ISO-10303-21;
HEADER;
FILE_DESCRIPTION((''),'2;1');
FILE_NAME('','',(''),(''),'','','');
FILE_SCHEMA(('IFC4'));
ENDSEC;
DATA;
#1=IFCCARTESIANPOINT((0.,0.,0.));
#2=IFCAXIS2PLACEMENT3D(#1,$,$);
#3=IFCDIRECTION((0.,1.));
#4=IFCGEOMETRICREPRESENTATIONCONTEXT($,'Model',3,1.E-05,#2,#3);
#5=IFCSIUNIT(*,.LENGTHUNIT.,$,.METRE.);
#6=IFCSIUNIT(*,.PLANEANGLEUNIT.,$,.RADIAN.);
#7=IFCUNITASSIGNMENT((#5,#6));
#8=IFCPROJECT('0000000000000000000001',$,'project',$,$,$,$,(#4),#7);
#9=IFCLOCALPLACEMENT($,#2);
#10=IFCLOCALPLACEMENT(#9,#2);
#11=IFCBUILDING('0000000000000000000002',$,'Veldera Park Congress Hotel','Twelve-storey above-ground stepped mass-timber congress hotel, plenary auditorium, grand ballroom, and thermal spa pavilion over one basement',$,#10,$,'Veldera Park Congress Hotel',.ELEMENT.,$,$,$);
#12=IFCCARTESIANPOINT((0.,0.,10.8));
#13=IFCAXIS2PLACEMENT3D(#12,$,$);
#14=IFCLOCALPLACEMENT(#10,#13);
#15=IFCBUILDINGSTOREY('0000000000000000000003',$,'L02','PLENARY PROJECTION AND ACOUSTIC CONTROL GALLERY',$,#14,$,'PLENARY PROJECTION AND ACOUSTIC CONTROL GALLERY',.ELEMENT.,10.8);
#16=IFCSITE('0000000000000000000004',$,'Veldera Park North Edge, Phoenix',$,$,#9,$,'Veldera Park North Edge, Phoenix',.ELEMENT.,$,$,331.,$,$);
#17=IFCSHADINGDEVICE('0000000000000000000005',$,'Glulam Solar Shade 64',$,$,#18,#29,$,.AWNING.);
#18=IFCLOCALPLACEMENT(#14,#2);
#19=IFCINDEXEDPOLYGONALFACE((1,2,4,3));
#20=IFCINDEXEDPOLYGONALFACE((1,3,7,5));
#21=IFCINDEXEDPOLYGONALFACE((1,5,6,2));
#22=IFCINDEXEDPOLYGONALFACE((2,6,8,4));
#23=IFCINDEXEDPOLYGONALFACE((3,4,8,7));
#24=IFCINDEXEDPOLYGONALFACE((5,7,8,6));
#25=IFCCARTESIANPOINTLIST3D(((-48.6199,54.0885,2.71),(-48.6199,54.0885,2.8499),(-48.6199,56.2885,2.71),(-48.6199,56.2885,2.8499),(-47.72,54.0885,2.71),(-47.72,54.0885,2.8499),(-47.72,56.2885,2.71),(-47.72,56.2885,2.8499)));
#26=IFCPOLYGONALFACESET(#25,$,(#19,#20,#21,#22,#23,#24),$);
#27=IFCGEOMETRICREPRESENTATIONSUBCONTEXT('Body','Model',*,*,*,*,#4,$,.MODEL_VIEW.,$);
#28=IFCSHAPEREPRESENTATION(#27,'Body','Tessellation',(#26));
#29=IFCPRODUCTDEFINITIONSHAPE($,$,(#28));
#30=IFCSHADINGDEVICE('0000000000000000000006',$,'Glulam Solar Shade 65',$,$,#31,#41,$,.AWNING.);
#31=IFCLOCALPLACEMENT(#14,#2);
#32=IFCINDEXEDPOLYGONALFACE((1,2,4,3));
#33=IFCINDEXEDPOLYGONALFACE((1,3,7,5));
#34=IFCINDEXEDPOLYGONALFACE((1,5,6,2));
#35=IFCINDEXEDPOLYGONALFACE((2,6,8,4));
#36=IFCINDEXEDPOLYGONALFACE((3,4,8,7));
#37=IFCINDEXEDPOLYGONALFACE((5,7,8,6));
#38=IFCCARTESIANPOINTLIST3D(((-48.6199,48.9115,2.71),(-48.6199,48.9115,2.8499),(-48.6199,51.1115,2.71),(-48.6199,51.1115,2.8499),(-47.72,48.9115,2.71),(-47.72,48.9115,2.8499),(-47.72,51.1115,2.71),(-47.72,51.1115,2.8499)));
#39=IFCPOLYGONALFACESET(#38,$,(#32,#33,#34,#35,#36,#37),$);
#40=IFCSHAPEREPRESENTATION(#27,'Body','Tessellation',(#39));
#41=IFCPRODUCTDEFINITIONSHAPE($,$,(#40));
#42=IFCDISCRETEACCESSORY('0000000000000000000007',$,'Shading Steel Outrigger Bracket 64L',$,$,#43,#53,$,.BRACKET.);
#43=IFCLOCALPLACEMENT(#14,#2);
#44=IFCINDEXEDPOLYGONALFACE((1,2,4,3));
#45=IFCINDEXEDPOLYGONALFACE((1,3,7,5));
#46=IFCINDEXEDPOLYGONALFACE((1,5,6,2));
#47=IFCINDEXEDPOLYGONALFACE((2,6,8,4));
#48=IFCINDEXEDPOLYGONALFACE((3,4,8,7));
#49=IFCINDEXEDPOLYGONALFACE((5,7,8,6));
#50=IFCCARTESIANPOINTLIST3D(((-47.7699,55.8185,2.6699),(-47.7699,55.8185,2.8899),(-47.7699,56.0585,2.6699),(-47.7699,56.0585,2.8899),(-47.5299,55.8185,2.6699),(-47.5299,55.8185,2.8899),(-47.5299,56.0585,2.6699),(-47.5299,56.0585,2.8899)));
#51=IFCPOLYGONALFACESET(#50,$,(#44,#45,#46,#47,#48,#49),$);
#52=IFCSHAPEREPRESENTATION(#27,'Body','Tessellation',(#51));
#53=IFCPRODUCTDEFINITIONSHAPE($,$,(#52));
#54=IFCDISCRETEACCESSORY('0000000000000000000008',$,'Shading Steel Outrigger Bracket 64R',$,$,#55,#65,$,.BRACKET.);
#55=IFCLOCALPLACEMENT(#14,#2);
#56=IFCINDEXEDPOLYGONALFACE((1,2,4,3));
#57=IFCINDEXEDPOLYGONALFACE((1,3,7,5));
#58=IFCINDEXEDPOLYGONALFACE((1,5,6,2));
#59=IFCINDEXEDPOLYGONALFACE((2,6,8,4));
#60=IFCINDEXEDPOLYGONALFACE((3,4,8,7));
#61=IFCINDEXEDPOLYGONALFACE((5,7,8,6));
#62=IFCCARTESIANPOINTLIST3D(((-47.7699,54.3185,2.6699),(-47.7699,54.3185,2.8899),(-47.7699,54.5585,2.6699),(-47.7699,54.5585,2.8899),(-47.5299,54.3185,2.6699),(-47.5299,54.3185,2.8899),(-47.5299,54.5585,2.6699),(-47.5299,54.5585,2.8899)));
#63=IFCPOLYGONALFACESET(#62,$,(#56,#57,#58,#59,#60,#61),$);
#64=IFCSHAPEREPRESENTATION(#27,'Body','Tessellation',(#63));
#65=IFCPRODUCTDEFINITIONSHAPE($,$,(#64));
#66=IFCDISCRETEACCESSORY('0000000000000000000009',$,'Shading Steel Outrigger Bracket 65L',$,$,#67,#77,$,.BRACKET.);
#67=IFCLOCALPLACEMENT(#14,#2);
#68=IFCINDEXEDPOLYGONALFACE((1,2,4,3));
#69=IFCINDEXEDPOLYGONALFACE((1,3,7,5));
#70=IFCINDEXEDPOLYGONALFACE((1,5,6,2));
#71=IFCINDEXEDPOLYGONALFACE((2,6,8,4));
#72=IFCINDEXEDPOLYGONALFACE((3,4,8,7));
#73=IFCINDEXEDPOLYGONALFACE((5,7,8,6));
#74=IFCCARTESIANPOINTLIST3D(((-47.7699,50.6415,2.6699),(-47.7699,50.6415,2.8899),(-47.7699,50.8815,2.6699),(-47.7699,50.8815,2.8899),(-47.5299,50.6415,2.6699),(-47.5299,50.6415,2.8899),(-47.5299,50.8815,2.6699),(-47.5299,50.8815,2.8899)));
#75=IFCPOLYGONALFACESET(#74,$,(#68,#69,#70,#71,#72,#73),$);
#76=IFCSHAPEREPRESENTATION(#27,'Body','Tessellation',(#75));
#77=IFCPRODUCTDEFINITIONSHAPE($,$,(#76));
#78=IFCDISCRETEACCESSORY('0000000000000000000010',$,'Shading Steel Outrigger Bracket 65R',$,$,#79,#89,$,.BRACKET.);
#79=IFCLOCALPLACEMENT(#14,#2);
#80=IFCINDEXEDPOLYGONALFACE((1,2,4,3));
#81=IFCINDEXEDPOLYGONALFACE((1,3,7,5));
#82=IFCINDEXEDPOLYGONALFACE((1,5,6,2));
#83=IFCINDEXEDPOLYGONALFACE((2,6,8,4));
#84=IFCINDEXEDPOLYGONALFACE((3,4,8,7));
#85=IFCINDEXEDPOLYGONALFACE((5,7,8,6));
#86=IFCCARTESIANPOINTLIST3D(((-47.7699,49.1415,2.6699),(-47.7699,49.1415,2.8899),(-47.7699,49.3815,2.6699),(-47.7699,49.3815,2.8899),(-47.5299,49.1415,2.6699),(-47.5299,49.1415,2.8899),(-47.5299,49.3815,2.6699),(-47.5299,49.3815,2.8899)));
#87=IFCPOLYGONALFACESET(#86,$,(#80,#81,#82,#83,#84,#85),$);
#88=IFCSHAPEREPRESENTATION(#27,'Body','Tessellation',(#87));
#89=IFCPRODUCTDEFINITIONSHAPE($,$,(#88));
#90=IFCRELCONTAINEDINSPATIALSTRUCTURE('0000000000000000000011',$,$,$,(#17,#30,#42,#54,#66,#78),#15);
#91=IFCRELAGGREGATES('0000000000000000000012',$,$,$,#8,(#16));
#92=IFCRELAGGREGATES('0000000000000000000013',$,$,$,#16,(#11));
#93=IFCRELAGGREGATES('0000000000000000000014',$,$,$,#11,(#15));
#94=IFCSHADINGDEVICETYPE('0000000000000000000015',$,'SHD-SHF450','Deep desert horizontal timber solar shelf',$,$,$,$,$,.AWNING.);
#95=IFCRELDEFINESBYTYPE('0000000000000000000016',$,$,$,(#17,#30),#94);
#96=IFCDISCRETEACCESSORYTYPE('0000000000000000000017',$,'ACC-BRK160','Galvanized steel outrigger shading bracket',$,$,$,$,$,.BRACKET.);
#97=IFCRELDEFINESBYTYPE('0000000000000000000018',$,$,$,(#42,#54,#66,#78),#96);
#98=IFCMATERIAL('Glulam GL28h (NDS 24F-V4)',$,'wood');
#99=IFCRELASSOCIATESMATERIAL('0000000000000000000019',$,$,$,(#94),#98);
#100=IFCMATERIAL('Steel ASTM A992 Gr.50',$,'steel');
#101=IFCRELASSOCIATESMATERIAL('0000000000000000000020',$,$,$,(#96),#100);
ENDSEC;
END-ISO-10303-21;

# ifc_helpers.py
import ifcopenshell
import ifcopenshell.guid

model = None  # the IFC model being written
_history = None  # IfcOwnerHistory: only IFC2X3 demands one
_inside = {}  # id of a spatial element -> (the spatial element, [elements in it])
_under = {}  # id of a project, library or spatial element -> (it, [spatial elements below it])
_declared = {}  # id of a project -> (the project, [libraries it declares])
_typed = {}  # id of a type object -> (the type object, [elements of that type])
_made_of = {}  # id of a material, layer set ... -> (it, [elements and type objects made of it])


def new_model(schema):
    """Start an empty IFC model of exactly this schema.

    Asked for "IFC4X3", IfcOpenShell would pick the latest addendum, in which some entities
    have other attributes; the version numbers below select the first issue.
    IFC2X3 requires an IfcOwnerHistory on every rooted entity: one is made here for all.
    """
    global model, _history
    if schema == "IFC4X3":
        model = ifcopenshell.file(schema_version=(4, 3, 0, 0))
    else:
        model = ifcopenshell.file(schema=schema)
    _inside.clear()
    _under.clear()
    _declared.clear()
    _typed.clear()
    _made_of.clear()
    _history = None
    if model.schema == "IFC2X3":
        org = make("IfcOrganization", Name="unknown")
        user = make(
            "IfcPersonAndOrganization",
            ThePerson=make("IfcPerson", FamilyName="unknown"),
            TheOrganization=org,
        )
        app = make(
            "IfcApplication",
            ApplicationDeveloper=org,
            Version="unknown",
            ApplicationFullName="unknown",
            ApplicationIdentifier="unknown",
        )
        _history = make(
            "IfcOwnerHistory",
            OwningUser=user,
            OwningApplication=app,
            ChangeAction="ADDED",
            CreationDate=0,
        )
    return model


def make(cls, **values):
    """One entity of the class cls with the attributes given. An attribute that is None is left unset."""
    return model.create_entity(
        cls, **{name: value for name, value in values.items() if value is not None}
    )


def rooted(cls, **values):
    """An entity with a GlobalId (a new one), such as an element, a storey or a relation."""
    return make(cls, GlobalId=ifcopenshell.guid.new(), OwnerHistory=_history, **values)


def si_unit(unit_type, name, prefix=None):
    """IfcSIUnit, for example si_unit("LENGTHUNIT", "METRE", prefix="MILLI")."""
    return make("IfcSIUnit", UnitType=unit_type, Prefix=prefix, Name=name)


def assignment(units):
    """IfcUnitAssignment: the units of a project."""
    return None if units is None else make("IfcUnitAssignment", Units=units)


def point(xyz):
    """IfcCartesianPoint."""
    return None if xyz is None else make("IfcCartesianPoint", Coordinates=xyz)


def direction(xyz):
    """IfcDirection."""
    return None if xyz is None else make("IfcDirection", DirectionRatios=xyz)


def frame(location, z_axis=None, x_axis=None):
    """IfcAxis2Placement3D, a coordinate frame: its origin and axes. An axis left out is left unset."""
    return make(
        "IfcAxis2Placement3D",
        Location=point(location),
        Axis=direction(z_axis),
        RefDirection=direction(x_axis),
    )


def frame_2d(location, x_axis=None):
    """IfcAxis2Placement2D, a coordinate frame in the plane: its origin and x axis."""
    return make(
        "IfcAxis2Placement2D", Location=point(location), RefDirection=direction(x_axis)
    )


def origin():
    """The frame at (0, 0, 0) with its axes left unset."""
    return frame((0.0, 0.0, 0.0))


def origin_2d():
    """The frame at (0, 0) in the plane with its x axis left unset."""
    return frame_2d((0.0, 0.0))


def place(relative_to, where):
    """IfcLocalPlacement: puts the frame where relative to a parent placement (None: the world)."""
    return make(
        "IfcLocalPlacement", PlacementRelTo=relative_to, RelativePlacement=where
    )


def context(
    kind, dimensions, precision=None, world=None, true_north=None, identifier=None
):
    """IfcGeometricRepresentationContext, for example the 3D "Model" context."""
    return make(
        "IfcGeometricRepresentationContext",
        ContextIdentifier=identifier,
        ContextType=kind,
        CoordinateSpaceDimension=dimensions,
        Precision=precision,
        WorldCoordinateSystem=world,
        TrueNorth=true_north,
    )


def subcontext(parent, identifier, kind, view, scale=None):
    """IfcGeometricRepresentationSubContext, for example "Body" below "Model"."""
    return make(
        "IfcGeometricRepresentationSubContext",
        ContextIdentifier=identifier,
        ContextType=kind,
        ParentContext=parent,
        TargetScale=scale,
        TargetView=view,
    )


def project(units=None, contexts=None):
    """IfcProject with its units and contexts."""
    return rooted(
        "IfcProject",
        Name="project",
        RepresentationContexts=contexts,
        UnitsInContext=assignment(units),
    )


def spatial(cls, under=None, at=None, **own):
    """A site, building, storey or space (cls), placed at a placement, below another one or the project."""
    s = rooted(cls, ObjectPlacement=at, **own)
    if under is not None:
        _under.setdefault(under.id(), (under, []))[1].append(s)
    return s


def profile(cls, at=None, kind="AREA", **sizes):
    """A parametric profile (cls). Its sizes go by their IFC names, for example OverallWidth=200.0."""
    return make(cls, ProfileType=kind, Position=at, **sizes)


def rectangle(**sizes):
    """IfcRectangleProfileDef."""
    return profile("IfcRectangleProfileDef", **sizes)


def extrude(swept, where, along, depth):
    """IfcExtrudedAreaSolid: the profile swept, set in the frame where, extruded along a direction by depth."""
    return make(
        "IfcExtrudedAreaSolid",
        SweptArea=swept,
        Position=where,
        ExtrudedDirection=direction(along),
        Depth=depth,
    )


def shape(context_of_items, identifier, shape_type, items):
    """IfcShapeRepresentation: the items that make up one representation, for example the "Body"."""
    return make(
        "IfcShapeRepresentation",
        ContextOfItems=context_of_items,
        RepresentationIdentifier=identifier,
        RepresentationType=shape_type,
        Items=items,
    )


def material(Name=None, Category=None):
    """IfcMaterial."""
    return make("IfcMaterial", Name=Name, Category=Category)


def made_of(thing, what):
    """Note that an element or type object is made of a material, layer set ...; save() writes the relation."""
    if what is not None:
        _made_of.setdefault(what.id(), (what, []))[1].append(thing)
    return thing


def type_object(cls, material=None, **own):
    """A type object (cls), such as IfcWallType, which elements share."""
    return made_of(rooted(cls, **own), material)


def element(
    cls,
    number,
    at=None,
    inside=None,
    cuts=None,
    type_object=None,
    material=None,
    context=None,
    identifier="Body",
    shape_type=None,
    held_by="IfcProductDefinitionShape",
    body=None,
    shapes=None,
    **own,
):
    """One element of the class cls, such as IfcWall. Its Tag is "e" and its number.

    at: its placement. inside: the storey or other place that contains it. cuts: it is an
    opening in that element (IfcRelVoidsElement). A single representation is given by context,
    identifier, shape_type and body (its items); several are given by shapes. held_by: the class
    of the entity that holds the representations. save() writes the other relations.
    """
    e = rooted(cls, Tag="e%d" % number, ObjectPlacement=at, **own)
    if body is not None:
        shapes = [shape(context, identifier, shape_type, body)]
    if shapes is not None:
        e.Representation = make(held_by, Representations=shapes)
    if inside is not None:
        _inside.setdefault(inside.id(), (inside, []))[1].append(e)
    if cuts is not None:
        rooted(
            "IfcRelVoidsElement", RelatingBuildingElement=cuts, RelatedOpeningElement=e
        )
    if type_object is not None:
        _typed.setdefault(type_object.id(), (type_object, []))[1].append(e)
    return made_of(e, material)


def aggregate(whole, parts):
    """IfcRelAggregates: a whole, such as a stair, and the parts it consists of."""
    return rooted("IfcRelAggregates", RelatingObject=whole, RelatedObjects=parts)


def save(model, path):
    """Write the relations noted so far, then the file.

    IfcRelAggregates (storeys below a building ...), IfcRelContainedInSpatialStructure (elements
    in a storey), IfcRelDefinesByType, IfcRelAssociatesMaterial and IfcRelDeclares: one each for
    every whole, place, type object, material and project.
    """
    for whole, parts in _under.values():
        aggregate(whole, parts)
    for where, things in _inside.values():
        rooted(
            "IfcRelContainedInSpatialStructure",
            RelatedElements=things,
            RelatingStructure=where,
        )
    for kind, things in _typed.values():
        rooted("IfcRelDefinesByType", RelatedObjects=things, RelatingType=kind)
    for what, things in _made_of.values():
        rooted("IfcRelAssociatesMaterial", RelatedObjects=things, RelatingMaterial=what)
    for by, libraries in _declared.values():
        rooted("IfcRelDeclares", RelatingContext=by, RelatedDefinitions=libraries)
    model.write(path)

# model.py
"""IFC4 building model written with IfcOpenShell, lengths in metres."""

from ifc_helpers import new_model, si_unit, direction, frame, origin, origin_2d, place, context, subcontext, project, spatial, rectangle, extrude, material, type_object, element, save


model = new_model("IFC4")

# Units and contexts
model_context = context("Model", 3, precision=1e-05, world=origin(), true_north=direction((0.0, 1.0)))
body_context = subcontext(model_context, "Body", "Model", "MODEL_VIEW")
ifc_project = project(units=[si_unit("LENGTHUNIT", "METRE"), si_unit("PLANEANGLEUNIT", "RADIAN")], contexts=[model_context])

# Site, building, storey
site_placement = place(None, origin())
site = spatial("IfcSite", under=ifc_project, at=site_placement, Name="Veldera Park North Edge, Phoenix", LongName="Veldera Park North Edge, Phoenix", CompositionType="ELEMENT", RefElevation=331.0)
building_placement = place(site_placement, origin())
building = spatial("IfcBuilding", under=site, at=building_placement, Name="Veldera Park Congress Hotel", Description="Twelve-storey above-ground stepped mass-timber congress hotel, plenary auditorium, grand ballroom, and thermal spa pavilion over one basement", LongName="Veldera Park Congress Hotel", CompositionType="ELEMENT")
storey_placement = place(building_placement, frame((0.0, 0.0, 10.8)))
storey = spatial("IfcBuildingStorey", under=building, at=storey_placement, Name="L02", Description="PLENARY PROJECTION AND ACOUSTIC CONTROL GALLERY", LongName="PLENARY PROJECTION AND ACOUSTIC CONTROL GALLERY", CompositionType="ELEMENT", Elevation=10.8)

# Shared definitions
ifc_material_1 = material(Name="Glulam GL28h (NDS 24F-V4)", Category="wood")

# Shared definitions
ifc_material_2 = material(Name="Steel ASTM A992 Gr.50", Category="steel")

# Shading devices
shading_device_type = type_object("IfcShadingDeviceType", Name="SHD-SHF450", Description="Deep desert horizontal timber solar shelf", PredefinedType="AWNING", material=ifc_material_1)
for number, where, z_axis, x_axis, name in (
    (1, (-48.1699, 55.1885, 2.71), (0.0, 0.0, 1.0), (0.0, -1.0, 0.0), "Glulam Solar Shade 64"),
    (2, (-48.1699, 50.0115, 2.71), (0.0, 0.0, 1.0), (0.0, -1.0, 0.0), "Glulam Solar Shade 65"),
):
    element("IfcShadingDevice", number, at=place(storey_placement, frame(where, z_axis=z_axis, x_axis=x_axis)), inside=storey, type_object=shading_device_type, Name=name, PredefinedType="AWNING", context=body_context, shape_type="SweptSolid", body=[
        extrude(rectangle(XDim=2.2, YDim=0.8999, at=origin_2d()), origin(), (0.0, 0.0, 1.0), 0.1399),
    ])

# Discrete accessories
discrete_accessory_type = type_object("IfcDiscreteAccessoryType", Name="ACC-BRK160", Description="Galvanized steel outrigger shading bracket", PredefinedType="BRACKET", material=ifc_material_2)
for number, where, z_axis, x_axis, name in (
    (3, (-47.6499, 55.9385, 2.6699), (0.0, 0.0, 1.0), (0.0, -1.0, 0.0), "Shading Steel Outrigger Bracket 64L"),
    (4, (-47.6499, 54.4385, 2.6699), (0.0, 0.0, 1.0), (0.0, -1.0, 0.0), "Shading Steel Outrigger Bracket 64R"),
    (5, (-47.6499, 50.7615, 2.6699), (0.0, 0.0, 1.0), (0.0, -1.0, 0.0), "Shading Steel Outrigger Bracket 65L"),
    (6, (-47.6499, 49.2615, 2.6699), (0.0, 0.0, 1.0), (0.0, -1.0, 0.0), "Shading Steel Outrigger Bracket 65R"),
):
    element("IfcDiscreteAccessory", number, at=place(storey_placement, frame(where, z_axis=z_axis, x_axis=x_axis)), inside=storey, type_object=discrete_accessory_type, Name=name, PredefinedType="BRACKET", context=body_context, shape_type="SweptSolid", body=[
        extrude(rectangle(XDim=0.24, YDim=0.24, at=origin_2d()), origin(), (0.0, 0.0, 1.0), 0.22),
    ])

save(model, "model.ifc")
